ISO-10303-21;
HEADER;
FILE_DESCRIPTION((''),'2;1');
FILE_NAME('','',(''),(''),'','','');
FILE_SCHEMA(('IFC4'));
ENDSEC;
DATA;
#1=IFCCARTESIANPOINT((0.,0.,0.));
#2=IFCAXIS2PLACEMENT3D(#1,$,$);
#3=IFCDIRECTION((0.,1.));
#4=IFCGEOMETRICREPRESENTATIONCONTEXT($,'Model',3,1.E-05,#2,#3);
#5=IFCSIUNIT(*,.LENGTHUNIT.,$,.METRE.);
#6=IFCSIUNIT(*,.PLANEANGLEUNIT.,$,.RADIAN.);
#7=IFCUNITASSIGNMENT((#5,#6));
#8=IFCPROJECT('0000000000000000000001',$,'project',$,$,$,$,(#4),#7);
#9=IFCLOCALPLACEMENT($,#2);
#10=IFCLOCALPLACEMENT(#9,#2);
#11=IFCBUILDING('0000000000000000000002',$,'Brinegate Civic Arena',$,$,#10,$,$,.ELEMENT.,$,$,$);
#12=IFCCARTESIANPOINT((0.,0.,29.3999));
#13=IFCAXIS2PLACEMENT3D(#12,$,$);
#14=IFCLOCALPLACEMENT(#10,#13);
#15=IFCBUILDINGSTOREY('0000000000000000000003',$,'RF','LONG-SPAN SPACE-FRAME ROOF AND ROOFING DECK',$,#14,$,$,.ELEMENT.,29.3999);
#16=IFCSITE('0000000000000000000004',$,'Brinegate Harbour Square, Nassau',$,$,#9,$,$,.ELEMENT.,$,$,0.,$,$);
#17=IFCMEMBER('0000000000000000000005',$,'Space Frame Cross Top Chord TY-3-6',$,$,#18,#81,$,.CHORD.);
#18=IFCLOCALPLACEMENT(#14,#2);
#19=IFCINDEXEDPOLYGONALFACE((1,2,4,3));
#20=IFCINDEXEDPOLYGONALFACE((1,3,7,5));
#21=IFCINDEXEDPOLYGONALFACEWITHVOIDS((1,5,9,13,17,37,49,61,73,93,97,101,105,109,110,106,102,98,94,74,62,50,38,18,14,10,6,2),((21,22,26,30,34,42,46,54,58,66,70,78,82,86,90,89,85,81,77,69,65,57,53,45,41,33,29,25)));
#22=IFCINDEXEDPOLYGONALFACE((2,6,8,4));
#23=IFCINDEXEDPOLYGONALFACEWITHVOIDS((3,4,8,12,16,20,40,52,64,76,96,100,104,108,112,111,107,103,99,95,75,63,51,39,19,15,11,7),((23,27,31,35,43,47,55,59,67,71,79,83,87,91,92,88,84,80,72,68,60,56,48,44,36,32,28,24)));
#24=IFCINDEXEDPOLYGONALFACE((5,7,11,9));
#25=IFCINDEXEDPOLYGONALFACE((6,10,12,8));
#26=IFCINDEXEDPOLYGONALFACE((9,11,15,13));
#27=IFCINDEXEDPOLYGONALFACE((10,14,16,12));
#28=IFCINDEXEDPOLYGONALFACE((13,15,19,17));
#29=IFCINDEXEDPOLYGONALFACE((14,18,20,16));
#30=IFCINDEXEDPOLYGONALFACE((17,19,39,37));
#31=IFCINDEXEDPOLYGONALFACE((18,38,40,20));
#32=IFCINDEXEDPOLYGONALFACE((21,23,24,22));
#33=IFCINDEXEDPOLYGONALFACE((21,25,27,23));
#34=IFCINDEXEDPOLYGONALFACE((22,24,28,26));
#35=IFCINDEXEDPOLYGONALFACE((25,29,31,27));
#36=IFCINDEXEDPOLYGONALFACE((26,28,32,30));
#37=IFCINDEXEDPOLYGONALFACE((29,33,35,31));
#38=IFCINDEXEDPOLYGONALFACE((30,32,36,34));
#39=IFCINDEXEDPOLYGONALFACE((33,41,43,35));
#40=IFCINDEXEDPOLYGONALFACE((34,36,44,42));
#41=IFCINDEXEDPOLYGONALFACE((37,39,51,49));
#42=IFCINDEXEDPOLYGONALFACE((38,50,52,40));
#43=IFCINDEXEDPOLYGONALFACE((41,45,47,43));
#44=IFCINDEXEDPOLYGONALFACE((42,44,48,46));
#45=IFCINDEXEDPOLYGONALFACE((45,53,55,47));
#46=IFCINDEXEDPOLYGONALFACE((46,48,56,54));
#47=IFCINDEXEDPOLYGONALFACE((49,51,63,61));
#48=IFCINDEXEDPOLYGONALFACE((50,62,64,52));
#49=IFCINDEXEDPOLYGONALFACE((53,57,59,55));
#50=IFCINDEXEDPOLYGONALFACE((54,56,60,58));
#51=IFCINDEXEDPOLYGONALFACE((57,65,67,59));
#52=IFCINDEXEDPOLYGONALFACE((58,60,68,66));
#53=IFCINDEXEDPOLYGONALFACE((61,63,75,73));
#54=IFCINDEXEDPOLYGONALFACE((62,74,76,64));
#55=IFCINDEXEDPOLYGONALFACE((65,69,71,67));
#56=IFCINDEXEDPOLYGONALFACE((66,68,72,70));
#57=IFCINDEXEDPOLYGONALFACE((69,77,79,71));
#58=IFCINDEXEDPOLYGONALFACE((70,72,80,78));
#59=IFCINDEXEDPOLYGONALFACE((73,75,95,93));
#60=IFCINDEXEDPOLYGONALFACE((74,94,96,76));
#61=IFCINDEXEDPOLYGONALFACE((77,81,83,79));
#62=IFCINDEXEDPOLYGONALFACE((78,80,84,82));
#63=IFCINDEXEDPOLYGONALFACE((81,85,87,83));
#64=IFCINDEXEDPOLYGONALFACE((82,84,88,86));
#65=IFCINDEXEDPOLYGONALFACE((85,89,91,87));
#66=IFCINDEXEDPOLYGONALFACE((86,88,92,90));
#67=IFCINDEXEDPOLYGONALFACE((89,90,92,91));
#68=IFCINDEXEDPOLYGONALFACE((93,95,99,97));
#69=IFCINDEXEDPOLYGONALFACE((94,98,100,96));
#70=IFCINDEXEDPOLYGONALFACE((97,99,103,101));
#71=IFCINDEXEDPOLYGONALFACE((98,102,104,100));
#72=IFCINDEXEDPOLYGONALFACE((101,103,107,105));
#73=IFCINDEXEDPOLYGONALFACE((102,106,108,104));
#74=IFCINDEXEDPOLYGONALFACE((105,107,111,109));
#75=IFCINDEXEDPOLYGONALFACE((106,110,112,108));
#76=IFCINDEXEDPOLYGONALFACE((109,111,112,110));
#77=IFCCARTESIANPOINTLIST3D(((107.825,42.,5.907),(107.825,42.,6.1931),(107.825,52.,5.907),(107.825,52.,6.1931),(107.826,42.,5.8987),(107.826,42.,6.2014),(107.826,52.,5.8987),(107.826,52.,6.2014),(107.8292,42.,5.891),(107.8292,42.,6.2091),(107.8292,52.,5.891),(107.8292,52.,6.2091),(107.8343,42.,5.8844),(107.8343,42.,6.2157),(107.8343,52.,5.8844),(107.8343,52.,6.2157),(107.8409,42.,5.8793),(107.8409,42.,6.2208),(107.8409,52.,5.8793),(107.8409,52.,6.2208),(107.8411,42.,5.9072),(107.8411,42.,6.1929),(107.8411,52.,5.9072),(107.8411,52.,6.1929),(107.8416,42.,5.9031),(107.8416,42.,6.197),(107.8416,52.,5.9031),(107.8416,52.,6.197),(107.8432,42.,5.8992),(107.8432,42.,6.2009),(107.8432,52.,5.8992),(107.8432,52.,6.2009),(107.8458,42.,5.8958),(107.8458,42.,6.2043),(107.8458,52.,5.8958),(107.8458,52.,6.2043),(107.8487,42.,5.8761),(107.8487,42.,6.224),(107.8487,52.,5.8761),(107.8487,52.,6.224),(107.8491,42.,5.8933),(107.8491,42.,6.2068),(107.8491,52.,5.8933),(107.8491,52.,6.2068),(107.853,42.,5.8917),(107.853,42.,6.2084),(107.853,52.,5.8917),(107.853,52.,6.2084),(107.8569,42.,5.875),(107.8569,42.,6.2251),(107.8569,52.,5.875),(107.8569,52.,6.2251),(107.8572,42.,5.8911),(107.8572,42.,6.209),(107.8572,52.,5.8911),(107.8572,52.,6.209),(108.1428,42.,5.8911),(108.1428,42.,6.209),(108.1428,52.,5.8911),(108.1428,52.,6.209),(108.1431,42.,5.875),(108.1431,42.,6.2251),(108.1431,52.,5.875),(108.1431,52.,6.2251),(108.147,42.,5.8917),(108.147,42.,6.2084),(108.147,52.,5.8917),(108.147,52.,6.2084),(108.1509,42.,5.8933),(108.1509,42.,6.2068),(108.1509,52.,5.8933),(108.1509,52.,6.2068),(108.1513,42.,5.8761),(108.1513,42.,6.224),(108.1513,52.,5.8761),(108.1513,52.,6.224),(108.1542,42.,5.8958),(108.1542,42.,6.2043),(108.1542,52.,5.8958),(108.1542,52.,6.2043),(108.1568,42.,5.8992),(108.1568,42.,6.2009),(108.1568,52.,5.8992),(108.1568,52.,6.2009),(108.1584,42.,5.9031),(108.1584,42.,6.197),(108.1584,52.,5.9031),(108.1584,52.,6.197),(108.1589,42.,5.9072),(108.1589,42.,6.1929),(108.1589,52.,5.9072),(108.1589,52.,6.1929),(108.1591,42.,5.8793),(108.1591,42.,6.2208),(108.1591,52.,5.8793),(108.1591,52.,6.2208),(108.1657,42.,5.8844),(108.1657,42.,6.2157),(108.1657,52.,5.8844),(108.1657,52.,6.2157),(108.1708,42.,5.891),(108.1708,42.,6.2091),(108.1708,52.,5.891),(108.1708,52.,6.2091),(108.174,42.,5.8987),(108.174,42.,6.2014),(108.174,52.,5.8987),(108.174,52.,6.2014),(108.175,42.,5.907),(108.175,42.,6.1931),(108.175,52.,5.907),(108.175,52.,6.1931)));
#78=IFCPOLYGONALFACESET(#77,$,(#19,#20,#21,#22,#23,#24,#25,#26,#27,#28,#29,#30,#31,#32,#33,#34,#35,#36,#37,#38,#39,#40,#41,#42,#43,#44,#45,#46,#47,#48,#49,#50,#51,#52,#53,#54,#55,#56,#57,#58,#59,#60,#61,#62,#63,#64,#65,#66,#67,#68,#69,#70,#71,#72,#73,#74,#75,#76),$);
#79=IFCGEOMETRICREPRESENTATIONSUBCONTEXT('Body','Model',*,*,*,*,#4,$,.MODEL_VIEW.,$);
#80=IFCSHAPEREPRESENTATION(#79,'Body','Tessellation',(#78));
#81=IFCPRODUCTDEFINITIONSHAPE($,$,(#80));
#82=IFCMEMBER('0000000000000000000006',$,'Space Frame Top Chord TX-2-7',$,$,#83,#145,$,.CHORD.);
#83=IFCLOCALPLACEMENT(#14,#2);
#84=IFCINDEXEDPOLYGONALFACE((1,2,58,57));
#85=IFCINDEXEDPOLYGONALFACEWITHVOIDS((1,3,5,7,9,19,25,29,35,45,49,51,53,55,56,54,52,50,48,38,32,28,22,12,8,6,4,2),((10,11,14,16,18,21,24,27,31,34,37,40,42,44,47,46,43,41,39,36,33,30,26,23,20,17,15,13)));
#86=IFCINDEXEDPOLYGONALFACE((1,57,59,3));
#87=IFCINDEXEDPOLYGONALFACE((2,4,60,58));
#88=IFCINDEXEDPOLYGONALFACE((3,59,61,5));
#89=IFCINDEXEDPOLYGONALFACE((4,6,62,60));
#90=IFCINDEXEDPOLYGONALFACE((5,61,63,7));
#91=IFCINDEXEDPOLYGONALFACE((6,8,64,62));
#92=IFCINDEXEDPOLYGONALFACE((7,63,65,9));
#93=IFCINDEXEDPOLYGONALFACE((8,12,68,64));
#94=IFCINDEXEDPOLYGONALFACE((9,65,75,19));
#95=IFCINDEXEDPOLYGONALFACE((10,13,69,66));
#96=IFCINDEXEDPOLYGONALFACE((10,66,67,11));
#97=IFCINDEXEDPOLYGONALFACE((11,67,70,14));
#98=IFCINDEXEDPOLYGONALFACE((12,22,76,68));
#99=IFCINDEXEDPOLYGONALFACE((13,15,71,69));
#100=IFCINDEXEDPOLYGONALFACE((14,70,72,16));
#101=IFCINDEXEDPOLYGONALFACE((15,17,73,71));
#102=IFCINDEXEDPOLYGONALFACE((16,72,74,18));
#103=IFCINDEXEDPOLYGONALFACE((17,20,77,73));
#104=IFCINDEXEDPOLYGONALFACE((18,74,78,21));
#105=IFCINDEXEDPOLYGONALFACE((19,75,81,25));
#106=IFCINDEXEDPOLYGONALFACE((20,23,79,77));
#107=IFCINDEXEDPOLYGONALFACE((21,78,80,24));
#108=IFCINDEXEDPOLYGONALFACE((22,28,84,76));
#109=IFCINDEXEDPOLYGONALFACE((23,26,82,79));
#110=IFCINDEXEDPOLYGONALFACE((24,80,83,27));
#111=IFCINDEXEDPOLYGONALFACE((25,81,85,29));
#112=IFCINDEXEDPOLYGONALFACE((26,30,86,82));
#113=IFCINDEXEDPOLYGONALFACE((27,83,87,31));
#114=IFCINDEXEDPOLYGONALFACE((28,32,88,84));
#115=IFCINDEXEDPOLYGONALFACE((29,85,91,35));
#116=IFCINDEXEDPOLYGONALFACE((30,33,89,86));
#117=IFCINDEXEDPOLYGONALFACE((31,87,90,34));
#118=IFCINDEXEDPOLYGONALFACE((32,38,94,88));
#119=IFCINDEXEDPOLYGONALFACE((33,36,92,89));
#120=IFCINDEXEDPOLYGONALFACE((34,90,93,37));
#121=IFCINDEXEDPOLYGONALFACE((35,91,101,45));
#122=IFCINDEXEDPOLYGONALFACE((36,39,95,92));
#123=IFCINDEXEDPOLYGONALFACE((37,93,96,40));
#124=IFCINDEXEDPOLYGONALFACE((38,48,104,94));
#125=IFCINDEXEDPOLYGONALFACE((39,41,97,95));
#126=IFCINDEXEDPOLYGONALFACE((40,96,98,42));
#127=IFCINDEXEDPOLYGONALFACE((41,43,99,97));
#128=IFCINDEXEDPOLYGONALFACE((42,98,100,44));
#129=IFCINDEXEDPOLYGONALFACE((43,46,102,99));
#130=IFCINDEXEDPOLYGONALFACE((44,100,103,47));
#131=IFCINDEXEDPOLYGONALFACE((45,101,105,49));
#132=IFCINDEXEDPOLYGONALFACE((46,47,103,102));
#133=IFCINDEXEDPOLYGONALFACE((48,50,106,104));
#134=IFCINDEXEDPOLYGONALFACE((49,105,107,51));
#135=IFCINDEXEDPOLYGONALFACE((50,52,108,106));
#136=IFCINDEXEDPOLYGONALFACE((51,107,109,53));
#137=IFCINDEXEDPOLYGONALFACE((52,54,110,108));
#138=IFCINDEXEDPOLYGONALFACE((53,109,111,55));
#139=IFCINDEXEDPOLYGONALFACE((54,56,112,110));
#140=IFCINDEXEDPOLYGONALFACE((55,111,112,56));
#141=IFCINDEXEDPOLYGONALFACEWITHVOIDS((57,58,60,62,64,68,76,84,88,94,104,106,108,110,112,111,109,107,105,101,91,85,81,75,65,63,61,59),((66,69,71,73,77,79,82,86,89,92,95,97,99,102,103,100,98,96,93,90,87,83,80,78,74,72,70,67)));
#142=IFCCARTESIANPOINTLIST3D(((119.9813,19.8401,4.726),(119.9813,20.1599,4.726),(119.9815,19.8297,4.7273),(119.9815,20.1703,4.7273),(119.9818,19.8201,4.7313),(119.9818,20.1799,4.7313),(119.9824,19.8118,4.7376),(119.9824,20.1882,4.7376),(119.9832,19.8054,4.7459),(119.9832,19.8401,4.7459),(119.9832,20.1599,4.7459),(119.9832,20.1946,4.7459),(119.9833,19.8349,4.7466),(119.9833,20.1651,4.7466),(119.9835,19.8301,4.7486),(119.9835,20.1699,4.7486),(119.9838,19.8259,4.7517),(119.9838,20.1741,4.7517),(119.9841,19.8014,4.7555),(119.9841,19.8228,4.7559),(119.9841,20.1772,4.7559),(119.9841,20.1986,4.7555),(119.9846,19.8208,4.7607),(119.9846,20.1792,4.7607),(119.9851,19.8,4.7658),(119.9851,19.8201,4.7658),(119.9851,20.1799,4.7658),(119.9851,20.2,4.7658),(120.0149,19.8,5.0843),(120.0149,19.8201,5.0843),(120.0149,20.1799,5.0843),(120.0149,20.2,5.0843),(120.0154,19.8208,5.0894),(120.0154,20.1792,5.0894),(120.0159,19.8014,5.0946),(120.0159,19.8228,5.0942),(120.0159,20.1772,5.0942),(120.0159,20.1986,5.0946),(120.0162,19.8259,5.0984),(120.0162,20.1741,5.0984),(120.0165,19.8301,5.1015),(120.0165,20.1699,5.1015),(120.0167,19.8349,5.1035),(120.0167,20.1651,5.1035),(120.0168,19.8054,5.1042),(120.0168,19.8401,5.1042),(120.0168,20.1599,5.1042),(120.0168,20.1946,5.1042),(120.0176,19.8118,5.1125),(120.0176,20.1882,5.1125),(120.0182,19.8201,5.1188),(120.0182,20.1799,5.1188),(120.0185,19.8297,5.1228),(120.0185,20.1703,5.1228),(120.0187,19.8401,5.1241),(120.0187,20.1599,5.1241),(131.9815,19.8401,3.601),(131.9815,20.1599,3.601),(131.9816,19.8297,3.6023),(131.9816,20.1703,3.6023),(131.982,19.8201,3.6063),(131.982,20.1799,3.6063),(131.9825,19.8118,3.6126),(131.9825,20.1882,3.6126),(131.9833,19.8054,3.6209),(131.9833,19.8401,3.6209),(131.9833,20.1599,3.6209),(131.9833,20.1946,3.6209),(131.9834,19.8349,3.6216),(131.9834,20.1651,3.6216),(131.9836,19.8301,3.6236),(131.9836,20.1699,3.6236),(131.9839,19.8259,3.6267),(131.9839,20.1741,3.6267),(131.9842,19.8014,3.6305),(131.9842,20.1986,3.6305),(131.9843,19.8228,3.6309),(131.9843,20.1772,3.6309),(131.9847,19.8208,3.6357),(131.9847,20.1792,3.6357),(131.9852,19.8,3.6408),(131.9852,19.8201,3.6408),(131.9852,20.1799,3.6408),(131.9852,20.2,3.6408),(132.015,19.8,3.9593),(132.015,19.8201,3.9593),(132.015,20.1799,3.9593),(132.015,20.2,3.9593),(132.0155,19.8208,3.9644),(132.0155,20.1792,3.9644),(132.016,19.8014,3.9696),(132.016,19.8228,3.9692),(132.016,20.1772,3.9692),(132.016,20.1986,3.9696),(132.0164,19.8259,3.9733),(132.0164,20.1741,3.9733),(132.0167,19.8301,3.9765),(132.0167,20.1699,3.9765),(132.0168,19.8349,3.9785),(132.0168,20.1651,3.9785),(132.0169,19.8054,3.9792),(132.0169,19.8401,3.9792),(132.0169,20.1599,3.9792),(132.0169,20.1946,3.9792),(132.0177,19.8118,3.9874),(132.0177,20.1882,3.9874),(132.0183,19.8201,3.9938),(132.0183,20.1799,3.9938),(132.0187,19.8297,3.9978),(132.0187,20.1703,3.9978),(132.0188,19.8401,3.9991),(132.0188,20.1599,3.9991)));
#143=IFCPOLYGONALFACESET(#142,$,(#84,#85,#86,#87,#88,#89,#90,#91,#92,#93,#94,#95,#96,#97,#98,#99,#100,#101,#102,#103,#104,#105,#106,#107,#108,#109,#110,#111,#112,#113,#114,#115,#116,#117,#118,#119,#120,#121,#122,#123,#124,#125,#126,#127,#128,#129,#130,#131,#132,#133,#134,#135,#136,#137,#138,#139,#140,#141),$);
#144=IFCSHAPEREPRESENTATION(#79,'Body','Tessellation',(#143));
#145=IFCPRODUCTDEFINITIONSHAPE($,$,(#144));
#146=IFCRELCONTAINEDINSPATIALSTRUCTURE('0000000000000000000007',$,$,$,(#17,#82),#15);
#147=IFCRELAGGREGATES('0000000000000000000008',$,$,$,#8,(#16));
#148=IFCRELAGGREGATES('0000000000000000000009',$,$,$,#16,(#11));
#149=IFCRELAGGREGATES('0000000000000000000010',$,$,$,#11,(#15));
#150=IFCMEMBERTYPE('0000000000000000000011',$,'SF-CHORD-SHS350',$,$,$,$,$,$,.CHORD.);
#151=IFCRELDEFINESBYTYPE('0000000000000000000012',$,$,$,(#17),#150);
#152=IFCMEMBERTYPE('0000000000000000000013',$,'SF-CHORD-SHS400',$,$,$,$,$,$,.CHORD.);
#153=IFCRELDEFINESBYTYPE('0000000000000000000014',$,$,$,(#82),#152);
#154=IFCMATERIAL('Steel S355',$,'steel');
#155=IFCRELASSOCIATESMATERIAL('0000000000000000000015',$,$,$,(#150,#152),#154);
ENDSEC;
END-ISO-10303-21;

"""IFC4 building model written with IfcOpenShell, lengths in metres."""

from ifc_helpers import new_model, si_unit, direction, frame, origin, origin_2d, place, context, subcontext, project, spatial, hollow_rectangle, extrude, material, material_profile, profile_set, type_object, element, save


model = new_model("IFC4")

# Units and contexts
model_context = context("Model", 3, precision=1e-05, world=origin(), true_north=direction((0.0, 1.0)))
body_context = subcontext(model_context, "Body", "Model", "MODEL_VIEW")
ifc_project = project(units=[si_unit("LENGTHUNIT", "METRE"), si_unit("PLANEANGLEUNIT", "RADIAN")], contexts=[model_context])

# Site, building, storey
site_placement = place(None, origin())
site = spatial("IfcSite", under=ifc_project, at=site_placement, Name="Brinegate Harbour Square, Nassau", CompositionType="ELEMENT", RefElevation=0.0)
building_placement = place(site_placement, origin())
building = spatial("IfcBuilding", under=site, at=building_placement, Name="Brinegate Civic Arena", CompositionType="ELEMENT")
storey_placement = place(building_placement, frame((0.0, 0.0, 29.3999)))
storey = spatial("IfcBuildingStorey", under=building, at=storey_placement, Name="RF", Description="LONG-SPAN SPACE-FRAME ROOF AND ROOFING DECK", CompositionType="ELEMENT", Elevation=29.3999)

# Members
ifc_material = material(Name="Steel S355", Category="steel")
ifc_material_profile_1 = material_profile(ifc_material, hollow_rectangle(XDim=0.3501, YDim=0.3501, WallThickness=0.0161, InnerFilletRadius=0.0161, OuterFilletRadius=0.032, at=origin_2d()), Name="SHS350X16")
ifc_profile_set_1 = profile_set([ifc_material_profile_1], Name="Steel S355")
member_type_1 = type_object("IfcMemberType", Name="SF-CHORD-SHS350", PredefinedType="CHORD", material=ifc_profile_set_1)
member_1_placement = place(storey_placement, frame((108.0, 42.0, 6.05), z_axis=(0.0, 1.0, 0.0), x_axis=(-1.0, 0.0, 0.0)))
element("IfcMember", 1, at=member_1_placement, inside=storey, type_object=member_type_1, Name="Space Frame Cross Top Chord TY-3-6", PredefinedType="CHORD", context=body_context, shape_type="SweptSolid", body=[
    extrude(hollow_rectangle(XDim=0.3501, YDim=0.3501, WallThickness=0.0161, InnerFilletRadius=0.0161, OuterFilletRadius=0.032, at=origin_2d()), origin(), (0.0, 0.0, 1.0), 10.0),
])
ifc_material_profile_2 = material_profile(ifc_material, hollow_rectangle(XDim=0.3999, YDim=0.3999, WallThickness=0.02, InnerFilletRadius=0.02, OuterFilletRadius=0.04, at=origin_2d()), Name="SHS400X20")
ifc_profile_set_2 = profile_set([ifc_material_profile_2], Name="Steel S355")
member_type_2 = type_object("IfcMemberType", Name="SF-CHORD-SHS400", PredefinedType="CHORD", material=ifc_profile_set_2)
for number, where, z_axis, x_axis, name in (
    (2, (120.0, 20.0, 4.925), (0.995634, 0.0, -0.093341), (0.0, 1.0, 0.0), "Space Frame Top Chord TX-2-7"),
):
    element("IfcMember", number, at=place(storey_placement, frame(where, z_axis=z_axis, x_axis=x_axis)), inside=storey, type_object=member_type_2, Name=name, PredefinedType="CHORD", context=body_context, shape_type="SweptSolid", body=[
        extrude(hollow_rectangle(XDim=0.3999, YDim=0.3999, WallThickness=0.02, InnerFilletRadius=0.02, OuterFilletRadius=0.04, at=origin_2d()), origin(), (0.0, 0.0, 1.0), 12.0527),
    ])

save(model, "model.ifc")
